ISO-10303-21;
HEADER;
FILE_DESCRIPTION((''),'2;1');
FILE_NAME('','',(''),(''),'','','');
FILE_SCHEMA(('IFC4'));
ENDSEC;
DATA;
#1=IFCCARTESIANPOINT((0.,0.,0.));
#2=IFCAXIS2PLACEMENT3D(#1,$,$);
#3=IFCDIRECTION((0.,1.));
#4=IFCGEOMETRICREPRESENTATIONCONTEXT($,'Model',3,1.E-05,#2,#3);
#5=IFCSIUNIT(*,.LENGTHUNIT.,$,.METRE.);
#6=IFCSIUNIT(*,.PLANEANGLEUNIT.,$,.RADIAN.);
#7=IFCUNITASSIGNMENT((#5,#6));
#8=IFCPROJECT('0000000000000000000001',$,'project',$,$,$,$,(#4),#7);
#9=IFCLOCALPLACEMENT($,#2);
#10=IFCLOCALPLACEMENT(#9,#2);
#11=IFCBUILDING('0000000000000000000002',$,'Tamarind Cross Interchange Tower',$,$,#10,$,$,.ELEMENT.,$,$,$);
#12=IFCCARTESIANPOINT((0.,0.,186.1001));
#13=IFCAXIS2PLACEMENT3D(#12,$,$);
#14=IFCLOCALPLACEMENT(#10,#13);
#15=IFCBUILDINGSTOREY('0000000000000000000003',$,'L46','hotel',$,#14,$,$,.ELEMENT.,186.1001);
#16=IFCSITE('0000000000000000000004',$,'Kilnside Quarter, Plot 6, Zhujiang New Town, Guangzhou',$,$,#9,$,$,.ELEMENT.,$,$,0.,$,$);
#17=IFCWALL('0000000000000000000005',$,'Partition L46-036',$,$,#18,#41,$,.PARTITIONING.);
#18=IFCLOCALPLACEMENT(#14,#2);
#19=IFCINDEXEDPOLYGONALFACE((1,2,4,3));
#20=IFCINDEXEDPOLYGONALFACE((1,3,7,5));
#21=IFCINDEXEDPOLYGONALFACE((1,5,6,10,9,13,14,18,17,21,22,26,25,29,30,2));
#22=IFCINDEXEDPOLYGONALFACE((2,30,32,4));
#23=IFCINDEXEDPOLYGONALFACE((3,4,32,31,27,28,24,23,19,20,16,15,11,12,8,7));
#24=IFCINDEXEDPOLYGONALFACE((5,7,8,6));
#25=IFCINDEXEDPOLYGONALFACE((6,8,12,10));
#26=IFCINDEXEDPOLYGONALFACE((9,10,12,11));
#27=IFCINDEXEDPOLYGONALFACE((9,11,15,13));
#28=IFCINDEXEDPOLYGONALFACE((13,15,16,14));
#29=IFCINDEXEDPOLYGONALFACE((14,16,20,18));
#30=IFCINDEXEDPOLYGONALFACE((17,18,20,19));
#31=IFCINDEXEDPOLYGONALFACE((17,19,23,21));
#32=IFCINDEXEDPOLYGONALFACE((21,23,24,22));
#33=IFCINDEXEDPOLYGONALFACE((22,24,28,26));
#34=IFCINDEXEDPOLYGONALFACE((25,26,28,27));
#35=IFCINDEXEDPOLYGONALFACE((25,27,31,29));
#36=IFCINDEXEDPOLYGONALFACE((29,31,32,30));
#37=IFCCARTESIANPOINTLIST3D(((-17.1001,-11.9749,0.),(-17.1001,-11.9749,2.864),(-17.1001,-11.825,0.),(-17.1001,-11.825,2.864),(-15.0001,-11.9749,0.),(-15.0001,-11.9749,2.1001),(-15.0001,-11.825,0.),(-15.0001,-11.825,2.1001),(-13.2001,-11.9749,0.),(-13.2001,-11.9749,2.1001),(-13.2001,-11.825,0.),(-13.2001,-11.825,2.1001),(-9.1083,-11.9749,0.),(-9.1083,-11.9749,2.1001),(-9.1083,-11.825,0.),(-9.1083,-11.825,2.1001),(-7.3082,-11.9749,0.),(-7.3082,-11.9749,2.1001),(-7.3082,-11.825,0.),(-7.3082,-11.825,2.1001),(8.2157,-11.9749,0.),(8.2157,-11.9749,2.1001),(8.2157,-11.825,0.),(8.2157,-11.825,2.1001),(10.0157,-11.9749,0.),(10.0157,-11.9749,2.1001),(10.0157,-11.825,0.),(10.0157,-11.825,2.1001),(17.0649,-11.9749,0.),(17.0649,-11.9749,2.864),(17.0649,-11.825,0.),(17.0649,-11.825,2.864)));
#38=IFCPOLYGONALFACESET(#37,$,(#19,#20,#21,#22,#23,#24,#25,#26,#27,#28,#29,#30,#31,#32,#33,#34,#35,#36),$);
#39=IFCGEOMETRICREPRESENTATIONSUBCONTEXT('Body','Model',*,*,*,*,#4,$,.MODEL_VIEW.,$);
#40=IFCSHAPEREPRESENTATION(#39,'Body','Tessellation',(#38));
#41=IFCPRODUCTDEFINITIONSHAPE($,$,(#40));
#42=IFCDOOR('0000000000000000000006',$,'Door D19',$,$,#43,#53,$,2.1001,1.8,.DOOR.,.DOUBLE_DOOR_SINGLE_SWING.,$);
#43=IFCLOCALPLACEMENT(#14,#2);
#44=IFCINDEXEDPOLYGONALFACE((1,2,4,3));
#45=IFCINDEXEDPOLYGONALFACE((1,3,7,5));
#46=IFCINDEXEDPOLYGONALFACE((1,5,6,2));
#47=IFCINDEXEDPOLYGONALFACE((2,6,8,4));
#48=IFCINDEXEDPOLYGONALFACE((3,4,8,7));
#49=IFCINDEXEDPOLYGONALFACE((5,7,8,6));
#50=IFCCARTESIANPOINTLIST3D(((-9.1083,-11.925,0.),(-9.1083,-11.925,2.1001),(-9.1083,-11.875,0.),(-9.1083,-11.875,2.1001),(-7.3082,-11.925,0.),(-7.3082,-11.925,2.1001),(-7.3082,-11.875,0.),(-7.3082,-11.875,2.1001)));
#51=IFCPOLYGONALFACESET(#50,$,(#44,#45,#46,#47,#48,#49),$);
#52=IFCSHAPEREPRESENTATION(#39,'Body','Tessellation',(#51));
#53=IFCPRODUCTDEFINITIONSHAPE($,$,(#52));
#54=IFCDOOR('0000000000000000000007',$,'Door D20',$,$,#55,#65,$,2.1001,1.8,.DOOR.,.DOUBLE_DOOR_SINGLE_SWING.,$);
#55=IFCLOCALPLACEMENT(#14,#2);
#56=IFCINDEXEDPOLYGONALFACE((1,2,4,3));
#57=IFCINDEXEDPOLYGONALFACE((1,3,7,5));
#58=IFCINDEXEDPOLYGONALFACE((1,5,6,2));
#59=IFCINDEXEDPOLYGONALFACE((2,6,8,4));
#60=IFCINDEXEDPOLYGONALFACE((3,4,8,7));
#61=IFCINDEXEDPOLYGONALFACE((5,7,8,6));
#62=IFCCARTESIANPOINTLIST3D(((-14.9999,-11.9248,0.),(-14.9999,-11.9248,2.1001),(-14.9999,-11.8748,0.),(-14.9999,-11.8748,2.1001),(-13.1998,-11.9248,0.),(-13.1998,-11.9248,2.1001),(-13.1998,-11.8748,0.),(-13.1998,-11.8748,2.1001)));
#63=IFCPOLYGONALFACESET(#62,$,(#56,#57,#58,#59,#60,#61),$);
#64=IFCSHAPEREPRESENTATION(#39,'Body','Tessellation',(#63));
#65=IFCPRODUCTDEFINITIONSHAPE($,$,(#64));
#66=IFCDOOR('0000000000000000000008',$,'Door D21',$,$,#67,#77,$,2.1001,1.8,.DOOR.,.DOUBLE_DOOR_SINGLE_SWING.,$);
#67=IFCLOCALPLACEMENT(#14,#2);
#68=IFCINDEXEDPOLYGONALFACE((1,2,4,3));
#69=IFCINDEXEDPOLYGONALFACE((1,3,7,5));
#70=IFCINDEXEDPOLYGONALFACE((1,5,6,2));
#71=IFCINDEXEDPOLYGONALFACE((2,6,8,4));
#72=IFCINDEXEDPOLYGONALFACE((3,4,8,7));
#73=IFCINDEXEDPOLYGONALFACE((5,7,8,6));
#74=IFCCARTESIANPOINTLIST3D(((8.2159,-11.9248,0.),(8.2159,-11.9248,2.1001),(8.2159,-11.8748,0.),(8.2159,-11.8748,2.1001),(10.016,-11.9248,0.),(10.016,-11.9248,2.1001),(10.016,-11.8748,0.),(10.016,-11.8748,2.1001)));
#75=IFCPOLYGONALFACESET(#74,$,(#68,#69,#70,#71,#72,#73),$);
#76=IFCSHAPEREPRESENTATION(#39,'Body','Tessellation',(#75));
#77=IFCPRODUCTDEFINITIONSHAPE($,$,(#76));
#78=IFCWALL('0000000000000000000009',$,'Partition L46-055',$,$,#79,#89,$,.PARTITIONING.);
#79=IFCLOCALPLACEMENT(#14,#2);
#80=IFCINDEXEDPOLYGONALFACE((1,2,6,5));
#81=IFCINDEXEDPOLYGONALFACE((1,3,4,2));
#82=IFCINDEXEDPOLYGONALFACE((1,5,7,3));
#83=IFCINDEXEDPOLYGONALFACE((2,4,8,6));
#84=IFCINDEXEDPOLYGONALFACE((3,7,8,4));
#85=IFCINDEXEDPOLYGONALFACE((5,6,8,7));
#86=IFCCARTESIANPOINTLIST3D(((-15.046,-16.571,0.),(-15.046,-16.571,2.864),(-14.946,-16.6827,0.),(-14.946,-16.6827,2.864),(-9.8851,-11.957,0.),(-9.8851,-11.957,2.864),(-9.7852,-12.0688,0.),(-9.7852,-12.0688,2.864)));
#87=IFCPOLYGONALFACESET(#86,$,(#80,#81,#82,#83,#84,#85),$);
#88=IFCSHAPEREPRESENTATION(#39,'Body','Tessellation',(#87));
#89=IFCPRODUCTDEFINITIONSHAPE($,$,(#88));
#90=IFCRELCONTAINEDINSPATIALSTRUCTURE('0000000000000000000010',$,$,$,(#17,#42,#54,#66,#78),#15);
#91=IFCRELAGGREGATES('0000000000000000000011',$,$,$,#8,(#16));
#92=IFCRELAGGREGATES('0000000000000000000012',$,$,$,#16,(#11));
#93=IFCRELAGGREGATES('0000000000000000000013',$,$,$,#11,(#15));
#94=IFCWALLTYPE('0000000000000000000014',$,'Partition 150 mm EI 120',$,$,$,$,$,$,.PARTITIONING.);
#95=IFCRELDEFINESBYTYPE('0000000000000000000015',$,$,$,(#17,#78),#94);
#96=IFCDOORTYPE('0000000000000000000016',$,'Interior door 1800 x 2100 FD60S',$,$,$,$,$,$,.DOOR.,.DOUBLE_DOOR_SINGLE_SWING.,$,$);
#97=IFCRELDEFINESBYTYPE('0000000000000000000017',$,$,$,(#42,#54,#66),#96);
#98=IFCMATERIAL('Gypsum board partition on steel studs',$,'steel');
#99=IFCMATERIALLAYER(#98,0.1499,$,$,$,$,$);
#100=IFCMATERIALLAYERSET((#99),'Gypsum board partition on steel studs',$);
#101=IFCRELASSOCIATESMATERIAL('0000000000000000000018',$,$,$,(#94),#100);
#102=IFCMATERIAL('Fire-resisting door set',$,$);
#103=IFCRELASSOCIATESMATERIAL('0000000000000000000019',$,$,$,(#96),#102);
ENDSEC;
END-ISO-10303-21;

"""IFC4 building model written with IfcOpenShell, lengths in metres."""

from ifc_helpers import new_model, si_unit, direction, frame, frame_2d, origin, place, context, subcontext, project, spatial, rectangle, extrude, material, layer, layer_set, type_object, element, fill, save


model = new_model("IFC4")

# Units and contexts
model_context = context("Model", 3, precision=1e-05, world=origin(), true_north=direction((0.0, 1.0)))
body_context = subcontext(model_context, "Body", "Model", "MODEL_VIEW")
ifc_project = project(units=[si_unit("LENGTHUNIT", "METRE"), si_unit("PLANEANGLEUNIT", "RADIAN")], contexts=[model_context])

# Site, building, storey
site_placement = place(None, origin())
site = spatial("IfcSite", under=ifc_project, at=site_placement, Name="Kilnside Quarter, Plot 6, Zhujiang New Town, Guangzhou", CompositionType="ELEMENT", RefElevation=0.0)
building_placement = place(site_placement, origin())
building = spatial("IfcBuilding", under=site, at=building_placement, Name="Tamarind Cross Interchange Tower", CompositionType="ELEMENT")
storey_placement = place(building_placement, frame((0.0, 0.0, 186.1001)))
storey = spatial("IfcBuildingStorey", under=building, at=storey_placement, Name="L46", Description="hotel", CompositionType="ELEMENT", Elevation=186.1001)

# Shared definitions
ifc_material_1 = material(Name="Gypsum board partition on steel studs", Category="steel")
ifc_layer_1 = layer(ifc_material_1, 0.1499)
ifc_layer_set_1 = layer_set([ifc_layer_1], Name="Gypsum board partition on steel studs")
wall_type_1 = type_object("IfcWallType", Name="Partition 150 mm EI 120", PredefinedType="PARTITIONING", material=ifc_layer_set_1)

# Shared definitions
ifc_material_2 = material(Name="Fire-resisting door set")

# Wall, openings, doors
wall_1_placement = place(storey_placement, frame((-17.1001, -11.8999, 0.0), z_axis=(0.0, 0.0, 1.0), x_axis=(1.0, 0.0, 0.0)))
wall_1 = element("IfcWall", 1, at=wall_1_placement, inside=storey, type_object=wall_type_1, Name="Partition L46-036", PredefinedType="PARTITIONING", context=body_context, shape_type="SweptSolid", body=[
    extrude(rectangle(XDim=34.165, YDim=0.1499, at=frame_2d((17.0825, 0.0))), origin(), (0.0, 0.0, 1.0), 2.864),
])
opening_1_placement = place(wall_1_placement, frame((7.9919, 0.0, 0.0)))
opening_1 = element("IfcOpeningElement", 2, at=opening_1_placement, cuts=wall_1, PredefinedType="OPENING", context=body_context, shape_type="SweptSolid", body=[
    extrude(rectangle(XDim=1.8, YDim=2.1001, at=frame_2d((0.8999, 1.05))), frame((0.0, 0.085, 0.0), z_axis=(0.0, -1.0, 0.0), x_axis=(1.0, 0.0, 0.0)), (0.0, 0.0, 1.0), 0.1699),
])
opening_2_placement = place(wall_1_placement, frame((2.1001, 0.0, 0.0)))
opening_2 = element("IfcOpeningElement", 3, at=opening_2_placement, cuts=wall_1, PredefinedType="OPENING", context=body_context, shape_type="SweptSolid", body=[
    extrude(rectangle(XDim=1.8, YDim=2.1001, at=frame_2d((0.8999, 1.05))), frame((0.0, 0.085, 0.0), z_axis=(0.0, -1.0, 0.0), x_axis=(1.0, 0.0, 0.0)), (0.0, 0.0, 1.0), 0.1699),
])
opening_3_placement = place(wall_1_placement, frame((25.3159, 0.0, 0.0)))
opening_3 = element("IfcOpeningElement", 4, at=opening_3_placement, cuts=wall_1, PredefinedType="OPENING", context=body_context, shape_type="SweptSolid", body=[
    extrude(rectangle(XDim=1.8, YDim=2.1001, at=frame_2d((0.8999, 1.05))), frame((0.0, 0.085, 0.0), z_axis=(0.0, -1.0, 0.0), x_axis=(1.0, 0.0, 0.0)), (0.0, 0.0, 1.0), 0.1699),
])
door_type_1 = type_object("IfcDoorType", Name="Interior door 1800 x 2100 FD60S", OperationType="DOUBLE_DOOR_SINGLE_SWING", PredefinedType="DOOR", material=ifc_material_2)
door_1_placement = place(opening_1_placement, origin())
door_1 = element("IfcDoor", 5, at=door_1_placement, inside=storey, type_object=door_type_1, Name="Door D19", OperationType="DOUBLE_DOOR_SINGLE_SWING", OverallHeight=2.1001, OverallWidth=1.8, PredefinedType="DOOR", context=body_context, shape_type="SweptSolid", body=[
    extrude(rectangle(XDim=1.8, YDim=2.1001, at=frame_2d((0.8999, 1.05))), frame((0.0, 0.0249, 0.0), z_axis=(0.0, -1.0, 0.0), x_axis=(1.0, 0.0, 0.0)), (0.0, 0.0, 1.0), 0.05),
])
fill(opening_1, door_1)
door_2_placement = place(opening_2_placement, frame((1.8, 0.0, 0.0), z_axis=(0.0, 0.0, 1.0), x_axis=(-1.0, 0.0, 0.0)))
door_2 = element("IfcDoor", 6, at=door_2_placement, inside=storey, type_object=door_type_1, Name="Door D20", OperationType="DOUBLE_DOOR_SINGLE_SWING", OverallHeight=2.1001, OverallWidth=1.8, PredefinedType="DOOR", context=body_context, shape_type="SweptSolid", body=[
    extrude(rectangle(XDim=1.8, YDim=2.1001, at=frame_2d((0.8999, 1.05))), frame((0.0, 0.0249, 0.0), z_axis=(0.0, -1.0, 0.0), x_axis=(1.0, 0.0, 0.0)), (0.0, 0.0, 1.0), 0.05),
])
fill(opening_2, door_2)
door_3_placement = place(opening_3_placement, frame((1.8, 0.0, 0.0), z_axis=(0.0, 0.0, 1.0), x_axis=(-1.0, 0.0, 0.0)))
door_3 = element("IfcDoor", 7, at=door_3_placement, inside=storey, type_object=door_type_1, Name="Door D21", OperationType="DOUBLE_DOOR_SINGLE_SWING", OverallHeight=2.1001, OverallWidth=1.8, PredefinedType="DOOR", context=body_context, shape_type="SweptSolid", body=[
    extrude(rectangle(XDim=1.8, YDim=2.1001, at=frame_2d((0.8999, 1.05))), frame((0.0, 0.0249, 0.0), z_axis=(0.0, -1.0, 0.0), x_axis=(1.0, 0.0, 0.0)), (0.0, 0.0, 1.0), 0.05),
])
fill(opening_3, door_3)

# Wall
wall_2_placement = place(storey_placement, frame((-14.9961, -16.627, 0.0), z_axis=(0.0, 0.0, 1.0), x_axis=(0.745501, 0.666504, 0.0)))
element("IfcWall", 8, at=wall_2_placement, inside=storey, type_object=wall_type_1, Name="Partition L46-055", PredefinedType="PARTITIONING", context=body_context, shape_type="SweptSolid", body=[
    extrude(rectangle(XDim=6.9226, YDim=0.1499, at=frame_2d((3.4614, 0.0))), origin(), (0.0, 0.0, 1.0), 2.864),
])

save(model, "model.ifc")
